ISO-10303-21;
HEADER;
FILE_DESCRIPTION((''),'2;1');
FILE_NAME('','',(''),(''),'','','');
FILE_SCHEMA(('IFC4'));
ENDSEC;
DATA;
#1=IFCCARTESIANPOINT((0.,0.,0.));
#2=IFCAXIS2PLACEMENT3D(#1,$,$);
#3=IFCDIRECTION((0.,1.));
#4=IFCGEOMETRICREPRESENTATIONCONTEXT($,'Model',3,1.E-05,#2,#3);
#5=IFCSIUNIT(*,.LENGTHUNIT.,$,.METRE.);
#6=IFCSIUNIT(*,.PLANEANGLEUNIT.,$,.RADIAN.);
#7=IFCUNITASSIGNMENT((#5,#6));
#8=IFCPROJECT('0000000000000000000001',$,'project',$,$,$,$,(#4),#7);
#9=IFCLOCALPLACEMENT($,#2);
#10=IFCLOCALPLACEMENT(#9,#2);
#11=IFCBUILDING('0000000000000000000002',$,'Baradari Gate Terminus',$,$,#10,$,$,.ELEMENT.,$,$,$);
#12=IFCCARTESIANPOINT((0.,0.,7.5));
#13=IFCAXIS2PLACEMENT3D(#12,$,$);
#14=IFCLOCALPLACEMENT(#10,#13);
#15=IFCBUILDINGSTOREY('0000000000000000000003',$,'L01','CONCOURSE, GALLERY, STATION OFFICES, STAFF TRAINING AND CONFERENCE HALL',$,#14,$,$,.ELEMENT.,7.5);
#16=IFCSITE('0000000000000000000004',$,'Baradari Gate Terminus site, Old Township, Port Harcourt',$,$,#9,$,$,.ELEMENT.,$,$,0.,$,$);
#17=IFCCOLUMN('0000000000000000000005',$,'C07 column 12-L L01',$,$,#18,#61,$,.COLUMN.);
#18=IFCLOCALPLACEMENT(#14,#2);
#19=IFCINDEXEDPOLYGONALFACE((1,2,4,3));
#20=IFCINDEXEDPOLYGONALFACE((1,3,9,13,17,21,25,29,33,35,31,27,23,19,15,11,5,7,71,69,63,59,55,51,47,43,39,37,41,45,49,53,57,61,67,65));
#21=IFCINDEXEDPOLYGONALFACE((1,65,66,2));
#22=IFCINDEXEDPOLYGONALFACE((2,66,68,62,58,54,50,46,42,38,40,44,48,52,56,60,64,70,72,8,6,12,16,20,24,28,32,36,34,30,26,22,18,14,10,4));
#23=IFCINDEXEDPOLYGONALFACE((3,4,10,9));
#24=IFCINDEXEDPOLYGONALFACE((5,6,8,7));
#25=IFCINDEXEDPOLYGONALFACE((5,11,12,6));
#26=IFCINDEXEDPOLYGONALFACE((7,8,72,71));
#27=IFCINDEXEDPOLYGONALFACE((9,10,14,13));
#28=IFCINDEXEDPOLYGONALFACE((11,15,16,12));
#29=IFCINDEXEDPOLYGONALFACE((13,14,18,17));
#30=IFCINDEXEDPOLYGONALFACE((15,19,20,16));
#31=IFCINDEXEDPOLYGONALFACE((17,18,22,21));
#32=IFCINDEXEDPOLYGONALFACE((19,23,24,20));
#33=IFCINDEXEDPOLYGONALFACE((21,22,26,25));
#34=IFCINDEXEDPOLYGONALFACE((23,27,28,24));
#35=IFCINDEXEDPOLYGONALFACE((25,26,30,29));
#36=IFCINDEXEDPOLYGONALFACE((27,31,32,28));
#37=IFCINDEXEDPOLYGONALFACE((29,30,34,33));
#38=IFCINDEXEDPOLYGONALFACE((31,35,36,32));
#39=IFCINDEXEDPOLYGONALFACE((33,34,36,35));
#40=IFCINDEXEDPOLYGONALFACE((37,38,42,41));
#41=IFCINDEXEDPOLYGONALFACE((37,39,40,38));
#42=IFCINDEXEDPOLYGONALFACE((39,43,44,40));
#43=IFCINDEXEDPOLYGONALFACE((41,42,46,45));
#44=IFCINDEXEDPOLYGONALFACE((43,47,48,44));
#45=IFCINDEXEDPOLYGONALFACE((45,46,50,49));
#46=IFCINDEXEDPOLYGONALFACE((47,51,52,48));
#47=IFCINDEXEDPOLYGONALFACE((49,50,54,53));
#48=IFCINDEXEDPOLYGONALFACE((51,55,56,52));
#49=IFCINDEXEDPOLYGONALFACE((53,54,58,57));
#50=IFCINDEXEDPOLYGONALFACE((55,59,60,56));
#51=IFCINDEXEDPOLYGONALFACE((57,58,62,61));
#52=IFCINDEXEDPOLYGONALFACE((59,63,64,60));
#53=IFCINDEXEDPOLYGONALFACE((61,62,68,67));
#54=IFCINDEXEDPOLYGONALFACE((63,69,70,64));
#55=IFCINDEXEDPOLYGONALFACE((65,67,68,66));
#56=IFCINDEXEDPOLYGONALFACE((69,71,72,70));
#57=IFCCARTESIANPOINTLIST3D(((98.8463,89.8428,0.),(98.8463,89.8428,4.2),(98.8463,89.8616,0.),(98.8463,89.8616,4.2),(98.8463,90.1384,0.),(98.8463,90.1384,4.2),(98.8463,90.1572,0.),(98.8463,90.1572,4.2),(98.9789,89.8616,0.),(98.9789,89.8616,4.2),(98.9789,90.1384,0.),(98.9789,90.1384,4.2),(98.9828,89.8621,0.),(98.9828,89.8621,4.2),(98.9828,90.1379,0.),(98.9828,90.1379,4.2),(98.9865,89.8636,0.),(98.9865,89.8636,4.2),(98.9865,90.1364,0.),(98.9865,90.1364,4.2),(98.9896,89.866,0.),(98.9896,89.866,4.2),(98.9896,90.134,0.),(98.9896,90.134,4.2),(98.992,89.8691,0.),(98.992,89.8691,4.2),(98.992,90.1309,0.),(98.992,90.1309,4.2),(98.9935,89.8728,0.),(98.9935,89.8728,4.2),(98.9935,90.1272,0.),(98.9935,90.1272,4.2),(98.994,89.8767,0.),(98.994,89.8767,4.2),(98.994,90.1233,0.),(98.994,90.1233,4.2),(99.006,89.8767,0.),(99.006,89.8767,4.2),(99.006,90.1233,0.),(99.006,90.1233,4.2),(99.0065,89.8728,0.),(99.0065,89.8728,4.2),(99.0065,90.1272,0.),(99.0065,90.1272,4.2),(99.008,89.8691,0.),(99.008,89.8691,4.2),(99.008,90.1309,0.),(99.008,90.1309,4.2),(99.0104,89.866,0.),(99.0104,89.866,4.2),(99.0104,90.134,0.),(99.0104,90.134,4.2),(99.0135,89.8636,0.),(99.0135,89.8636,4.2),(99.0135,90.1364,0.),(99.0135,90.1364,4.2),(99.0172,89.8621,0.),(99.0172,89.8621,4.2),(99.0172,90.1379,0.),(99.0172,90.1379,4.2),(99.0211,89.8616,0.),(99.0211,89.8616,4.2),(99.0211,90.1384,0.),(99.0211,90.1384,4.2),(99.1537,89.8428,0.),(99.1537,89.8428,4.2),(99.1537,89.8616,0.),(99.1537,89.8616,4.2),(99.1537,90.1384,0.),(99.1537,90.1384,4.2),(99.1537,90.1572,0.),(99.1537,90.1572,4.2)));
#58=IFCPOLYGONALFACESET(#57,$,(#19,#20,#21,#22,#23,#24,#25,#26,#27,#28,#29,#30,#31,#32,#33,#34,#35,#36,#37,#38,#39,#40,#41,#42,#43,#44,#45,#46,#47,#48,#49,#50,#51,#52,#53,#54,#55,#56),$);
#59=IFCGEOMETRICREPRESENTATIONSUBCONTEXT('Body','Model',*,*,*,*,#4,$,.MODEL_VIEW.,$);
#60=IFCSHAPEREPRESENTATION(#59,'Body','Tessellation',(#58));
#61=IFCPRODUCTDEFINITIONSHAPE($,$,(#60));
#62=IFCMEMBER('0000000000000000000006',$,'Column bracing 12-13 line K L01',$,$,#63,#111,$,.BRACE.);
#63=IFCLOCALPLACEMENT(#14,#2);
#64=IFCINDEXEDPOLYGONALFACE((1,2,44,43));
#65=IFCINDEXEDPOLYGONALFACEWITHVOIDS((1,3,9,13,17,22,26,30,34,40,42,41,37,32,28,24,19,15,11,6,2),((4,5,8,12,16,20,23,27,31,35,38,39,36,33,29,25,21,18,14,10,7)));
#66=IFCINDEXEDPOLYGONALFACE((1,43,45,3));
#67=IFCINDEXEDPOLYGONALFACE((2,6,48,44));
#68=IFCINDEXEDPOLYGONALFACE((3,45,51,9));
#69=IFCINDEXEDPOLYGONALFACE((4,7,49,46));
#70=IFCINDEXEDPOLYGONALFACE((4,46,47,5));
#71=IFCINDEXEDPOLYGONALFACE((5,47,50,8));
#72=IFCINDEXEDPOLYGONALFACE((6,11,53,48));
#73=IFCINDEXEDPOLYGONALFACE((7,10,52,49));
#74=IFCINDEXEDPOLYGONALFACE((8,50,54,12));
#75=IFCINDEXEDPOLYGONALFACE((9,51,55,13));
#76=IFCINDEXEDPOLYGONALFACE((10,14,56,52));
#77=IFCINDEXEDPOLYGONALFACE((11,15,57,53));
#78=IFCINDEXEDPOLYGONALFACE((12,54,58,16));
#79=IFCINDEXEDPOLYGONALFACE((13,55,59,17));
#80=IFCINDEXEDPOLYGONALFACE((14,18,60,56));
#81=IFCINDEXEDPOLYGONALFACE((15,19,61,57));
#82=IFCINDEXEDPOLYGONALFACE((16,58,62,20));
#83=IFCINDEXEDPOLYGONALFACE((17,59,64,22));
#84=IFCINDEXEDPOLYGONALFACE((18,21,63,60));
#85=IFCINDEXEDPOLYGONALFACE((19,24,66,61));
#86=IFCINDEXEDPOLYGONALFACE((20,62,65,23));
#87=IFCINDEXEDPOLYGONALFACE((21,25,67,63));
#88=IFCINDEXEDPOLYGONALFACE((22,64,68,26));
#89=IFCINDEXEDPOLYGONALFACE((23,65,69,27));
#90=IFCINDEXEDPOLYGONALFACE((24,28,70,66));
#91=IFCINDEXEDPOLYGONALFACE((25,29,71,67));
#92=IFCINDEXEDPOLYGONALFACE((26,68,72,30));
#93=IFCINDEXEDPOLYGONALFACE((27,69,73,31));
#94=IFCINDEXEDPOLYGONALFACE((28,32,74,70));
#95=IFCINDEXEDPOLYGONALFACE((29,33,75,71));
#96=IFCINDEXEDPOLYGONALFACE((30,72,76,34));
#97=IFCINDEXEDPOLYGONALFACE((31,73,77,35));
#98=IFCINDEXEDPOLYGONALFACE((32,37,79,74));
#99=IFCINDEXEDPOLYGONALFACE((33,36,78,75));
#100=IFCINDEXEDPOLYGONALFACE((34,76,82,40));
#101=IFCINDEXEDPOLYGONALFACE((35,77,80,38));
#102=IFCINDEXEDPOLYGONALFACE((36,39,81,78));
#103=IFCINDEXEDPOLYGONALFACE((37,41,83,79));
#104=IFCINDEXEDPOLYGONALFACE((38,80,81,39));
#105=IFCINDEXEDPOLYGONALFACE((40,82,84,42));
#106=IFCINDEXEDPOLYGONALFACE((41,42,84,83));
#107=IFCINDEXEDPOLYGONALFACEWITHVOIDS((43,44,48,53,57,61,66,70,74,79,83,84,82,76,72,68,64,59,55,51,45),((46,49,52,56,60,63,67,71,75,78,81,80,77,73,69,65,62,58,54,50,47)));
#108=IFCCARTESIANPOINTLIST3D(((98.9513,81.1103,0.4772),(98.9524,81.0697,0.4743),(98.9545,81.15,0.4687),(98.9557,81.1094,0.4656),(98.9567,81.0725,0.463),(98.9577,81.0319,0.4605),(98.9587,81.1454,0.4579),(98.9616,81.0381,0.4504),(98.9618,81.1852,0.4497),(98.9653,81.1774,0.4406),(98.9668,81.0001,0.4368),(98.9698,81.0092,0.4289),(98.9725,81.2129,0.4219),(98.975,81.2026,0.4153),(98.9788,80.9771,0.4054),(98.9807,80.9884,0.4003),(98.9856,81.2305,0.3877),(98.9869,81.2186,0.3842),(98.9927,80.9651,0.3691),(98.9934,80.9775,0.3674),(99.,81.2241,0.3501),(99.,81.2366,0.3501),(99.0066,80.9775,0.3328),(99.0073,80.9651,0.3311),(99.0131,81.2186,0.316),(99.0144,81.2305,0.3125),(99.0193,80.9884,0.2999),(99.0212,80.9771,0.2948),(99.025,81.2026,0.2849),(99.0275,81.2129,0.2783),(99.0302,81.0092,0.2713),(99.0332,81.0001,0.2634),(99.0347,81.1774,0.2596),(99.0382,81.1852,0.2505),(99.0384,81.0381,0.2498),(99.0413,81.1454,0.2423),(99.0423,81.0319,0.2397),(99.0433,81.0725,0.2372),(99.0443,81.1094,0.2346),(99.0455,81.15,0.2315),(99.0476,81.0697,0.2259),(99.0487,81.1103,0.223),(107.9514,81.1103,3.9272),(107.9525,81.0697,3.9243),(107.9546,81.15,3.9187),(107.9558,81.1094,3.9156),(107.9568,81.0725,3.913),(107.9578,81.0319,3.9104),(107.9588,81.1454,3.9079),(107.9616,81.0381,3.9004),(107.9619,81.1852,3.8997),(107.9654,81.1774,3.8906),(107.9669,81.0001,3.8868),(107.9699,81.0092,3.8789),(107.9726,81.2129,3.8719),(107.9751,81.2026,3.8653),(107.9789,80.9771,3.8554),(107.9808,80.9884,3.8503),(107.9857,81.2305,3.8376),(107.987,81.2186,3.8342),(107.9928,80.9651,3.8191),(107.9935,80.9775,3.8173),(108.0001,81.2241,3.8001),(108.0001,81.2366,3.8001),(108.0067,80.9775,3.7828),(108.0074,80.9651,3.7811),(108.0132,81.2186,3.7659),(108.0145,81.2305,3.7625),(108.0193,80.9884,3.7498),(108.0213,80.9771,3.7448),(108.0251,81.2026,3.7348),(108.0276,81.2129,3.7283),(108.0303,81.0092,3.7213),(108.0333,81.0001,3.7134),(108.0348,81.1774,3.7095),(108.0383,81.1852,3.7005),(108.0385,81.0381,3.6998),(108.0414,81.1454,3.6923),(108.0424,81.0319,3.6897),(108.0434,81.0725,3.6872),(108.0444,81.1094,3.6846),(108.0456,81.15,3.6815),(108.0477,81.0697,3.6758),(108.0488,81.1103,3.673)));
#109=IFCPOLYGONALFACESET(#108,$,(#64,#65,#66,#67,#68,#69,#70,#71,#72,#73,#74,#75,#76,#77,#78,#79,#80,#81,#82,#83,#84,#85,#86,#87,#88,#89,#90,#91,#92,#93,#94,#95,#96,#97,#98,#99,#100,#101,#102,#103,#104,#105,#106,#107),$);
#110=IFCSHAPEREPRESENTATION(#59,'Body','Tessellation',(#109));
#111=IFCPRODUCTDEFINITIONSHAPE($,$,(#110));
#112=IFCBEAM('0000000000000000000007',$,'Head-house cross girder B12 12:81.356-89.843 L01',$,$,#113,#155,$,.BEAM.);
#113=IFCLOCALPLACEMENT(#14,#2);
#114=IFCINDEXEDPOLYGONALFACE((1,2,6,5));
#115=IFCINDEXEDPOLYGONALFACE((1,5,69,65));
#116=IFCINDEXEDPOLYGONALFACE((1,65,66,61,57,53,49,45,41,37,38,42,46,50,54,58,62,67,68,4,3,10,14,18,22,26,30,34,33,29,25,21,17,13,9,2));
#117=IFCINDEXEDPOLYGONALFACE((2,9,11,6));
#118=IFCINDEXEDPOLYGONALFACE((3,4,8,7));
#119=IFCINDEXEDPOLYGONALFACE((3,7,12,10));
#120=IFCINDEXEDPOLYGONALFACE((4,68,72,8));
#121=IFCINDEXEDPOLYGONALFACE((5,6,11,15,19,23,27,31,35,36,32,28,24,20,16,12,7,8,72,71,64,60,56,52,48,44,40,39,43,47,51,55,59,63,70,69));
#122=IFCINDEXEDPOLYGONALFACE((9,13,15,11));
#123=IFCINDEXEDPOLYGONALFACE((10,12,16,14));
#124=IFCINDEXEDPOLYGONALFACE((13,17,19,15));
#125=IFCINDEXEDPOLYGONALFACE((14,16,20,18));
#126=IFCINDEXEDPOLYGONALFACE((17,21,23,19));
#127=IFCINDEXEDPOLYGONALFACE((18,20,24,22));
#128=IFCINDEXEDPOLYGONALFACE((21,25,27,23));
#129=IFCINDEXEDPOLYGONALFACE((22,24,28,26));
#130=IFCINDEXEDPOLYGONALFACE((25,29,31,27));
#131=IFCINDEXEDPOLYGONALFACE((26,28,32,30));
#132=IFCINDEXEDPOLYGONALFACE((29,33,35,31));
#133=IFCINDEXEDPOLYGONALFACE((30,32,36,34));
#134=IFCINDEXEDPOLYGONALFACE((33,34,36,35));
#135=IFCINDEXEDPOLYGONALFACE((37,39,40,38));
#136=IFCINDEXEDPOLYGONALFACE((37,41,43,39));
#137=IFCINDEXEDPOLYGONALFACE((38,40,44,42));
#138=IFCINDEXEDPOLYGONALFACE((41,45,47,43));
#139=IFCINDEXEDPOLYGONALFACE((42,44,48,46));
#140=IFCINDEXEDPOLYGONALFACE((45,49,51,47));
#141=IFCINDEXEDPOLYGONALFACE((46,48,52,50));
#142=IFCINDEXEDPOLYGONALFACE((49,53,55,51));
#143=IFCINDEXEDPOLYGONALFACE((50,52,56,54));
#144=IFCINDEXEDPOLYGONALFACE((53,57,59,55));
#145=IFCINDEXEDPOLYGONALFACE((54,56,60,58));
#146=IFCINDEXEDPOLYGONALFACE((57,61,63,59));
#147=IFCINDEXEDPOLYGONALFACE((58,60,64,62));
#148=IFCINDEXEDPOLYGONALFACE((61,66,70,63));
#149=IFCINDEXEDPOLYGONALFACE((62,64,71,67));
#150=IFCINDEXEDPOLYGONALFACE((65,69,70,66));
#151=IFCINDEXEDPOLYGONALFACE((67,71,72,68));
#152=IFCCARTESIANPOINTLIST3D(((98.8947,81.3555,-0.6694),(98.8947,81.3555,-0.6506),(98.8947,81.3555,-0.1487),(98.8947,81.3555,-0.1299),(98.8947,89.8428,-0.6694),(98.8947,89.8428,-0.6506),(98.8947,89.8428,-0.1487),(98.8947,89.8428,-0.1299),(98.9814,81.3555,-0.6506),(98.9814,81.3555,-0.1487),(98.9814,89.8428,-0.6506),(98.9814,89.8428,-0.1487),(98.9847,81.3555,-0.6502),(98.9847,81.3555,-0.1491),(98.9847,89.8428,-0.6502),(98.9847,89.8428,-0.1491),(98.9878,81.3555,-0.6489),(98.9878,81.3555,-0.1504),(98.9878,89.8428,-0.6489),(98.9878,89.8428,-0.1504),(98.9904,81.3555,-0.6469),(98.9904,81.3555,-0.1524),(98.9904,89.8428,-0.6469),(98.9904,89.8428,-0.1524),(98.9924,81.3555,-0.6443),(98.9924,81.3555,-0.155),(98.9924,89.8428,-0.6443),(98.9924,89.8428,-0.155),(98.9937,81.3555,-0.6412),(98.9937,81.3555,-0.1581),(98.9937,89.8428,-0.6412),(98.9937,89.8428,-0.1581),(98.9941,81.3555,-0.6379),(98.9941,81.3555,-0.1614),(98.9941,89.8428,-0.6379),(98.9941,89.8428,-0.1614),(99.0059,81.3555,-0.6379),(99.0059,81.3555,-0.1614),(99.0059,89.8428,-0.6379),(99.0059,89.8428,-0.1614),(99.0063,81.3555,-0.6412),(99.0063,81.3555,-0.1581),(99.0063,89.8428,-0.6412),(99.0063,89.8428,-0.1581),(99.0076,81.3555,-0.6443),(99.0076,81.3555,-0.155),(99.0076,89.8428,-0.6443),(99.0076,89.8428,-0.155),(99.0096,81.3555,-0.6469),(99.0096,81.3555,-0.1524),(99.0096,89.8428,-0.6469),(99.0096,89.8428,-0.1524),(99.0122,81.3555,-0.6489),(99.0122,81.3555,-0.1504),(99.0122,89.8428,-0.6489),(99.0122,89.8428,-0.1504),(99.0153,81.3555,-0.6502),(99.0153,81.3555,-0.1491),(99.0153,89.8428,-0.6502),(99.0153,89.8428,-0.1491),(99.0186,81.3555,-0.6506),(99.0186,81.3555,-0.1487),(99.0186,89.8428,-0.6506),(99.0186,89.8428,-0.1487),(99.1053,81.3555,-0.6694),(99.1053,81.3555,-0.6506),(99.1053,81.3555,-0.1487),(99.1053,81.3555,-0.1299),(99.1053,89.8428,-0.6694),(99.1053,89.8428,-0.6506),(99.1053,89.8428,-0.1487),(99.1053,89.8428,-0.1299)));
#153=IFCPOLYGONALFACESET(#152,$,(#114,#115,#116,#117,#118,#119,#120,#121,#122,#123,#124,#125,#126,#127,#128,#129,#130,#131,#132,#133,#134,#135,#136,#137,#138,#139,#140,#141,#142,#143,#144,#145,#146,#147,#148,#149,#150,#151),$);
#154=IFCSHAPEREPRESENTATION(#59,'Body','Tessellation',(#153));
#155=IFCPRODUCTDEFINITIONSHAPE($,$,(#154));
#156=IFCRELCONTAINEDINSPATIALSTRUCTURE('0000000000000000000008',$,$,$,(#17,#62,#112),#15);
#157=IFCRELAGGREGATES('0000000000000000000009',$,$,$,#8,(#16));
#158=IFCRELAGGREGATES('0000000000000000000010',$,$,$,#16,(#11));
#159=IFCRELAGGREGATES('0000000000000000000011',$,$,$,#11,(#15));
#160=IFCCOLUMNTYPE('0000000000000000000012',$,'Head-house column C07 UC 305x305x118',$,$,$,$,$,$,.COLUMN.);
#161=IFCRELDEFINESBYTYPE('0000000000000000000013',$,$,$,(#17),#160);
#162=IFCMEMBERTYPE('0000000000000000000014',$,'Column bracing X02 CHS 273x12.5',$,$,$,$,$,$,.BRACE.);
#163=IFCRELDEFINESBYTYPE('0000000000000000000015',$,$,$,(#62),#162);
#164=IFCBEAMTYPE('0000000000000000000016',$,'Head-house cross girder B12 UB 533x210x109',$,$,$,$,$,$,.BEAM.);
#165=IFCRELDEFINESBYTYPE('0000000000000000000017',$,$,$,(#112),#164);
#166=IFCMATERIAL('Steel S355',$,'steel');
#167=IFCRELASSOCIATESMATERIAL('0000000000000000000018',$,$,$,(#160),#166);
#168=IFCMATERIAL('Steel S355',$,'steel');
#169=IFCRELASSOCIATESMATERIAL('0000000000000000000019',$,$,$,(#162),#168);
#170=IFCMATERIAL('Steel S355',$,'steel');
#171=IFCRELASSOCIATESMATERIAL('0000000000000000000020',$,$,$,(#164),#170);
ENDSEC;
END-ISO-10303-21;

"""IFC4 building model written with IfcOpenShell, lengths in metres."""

from ifc_helpers import new_model, si_unit, direction, frame, origin, origin_2d, place, context, subcontext, project, spatial, hollow_circle, i_section, extrude, material, material_profile, profile_set, type_object, element, save


model = new_model("IFC4")

# Units and contexts
model_context = context("Model", 3, precision=1e-05, world=origin(), true_north=direction((0.0, 1.0)))
body_context = subcontext(model_context, "Body", "Model", "MODEL_VIEW")
ifc_project = project(units=[si_unit("LENGTHUNIT", "METRE"), si_unit("PLANEANGLEUNIT", "RADIAN")], contexts=[model_context])

# Site, building, storey
site_placement = place(None, origin())
site = spatial("IfcSite", under=ifc_project, at=site_placement, Name="Baradari Gate Terminus site, Old Township, Port Harcourt", CompositionType="ELEMENT", RefElevation=0.0)
building_placement = place(site_placement, origin())
building = spatial("IfcBuilding", under=site, at=building_placement, Name="Baradari Gate Terminus", CompositionType="ELEMENT")
storey_placement = place(building_placement, frame((0.0, 0.0, 7.5)))
storey = spatial("IfcBuildingStorey", under=building, at=storey_placement, Name="L01", Description="CONCOURSE, GALLERY, STATION OFFICES, STAFF TRAINING AND CONFERENCE HALL", CompositionType="ELEMENT", Elevation=7.5)

# Column
ifc_material_1 = material(Name="Steel S355", Category="steel")
ifc_material_profile_1 = material_profile(ifc_material_1, i_section(OverallWidth=0.3074, OverallDepth=0.3145, WebThickness=0.012, FlangeThickness=0.0188, FilletRadius=0.0151, at=origin_2d()), Name="UC 305x305x118")
ifc_profile_set_1 = profile_set([ifc_material_profile_1], Name="Steel S355")
column_type = type_object("IfcColumnType", Name="Head-house column C07 UC 305x305x118", PredefinedType="COLUMN", material=ifc_profile_set_1)
column_placement = place(storey_placement, frame((99.0, 90.0, 0.0), z_axis=(0.0, 0.0, 1.0), x_axis=(1.0, 0.0, 0.0)))
element("IfcColumn", 1, at=column_placement, inside=storey, type_object=column_type, Name="C07 column 12-L L01", PredefinedType="COLUMN", context=body_context, shape_type="SweptSolid", body=[
    extrude(i_section(OverallWidth=0.3074, OverallDepth=0.3145, WebThickness=0.012, FlangeThickness=0.0188, FilletRadius=0.0151, at=origin_2d()), origin(), (0.0, 0.0, 1.0), 4.2),
])

# Member
ifc_material_2 = material(Name="Steel S355", Category="steel")
ifc_material_profile_2 = material_profile(ifc_material_2, hollow_circle(Radius=0.1365, WallThickness=0.0125, at=origin_2d()), Name="CHS 273x12.5")
ifc_profile_set_2 = profile_set([ifc_material_profile_2], Name="Steel S355")
member_type = type_object("IfcMemberType", Name="Column bracing X02 CHS 273x12.5", PredefinedType="BRACE", material=ifc_profile_set_2)
member_placement = place(storey_placement, frame((99.0, 81.1001, 0.3501), z_axis=(0.933748, 0.0, 0.357932), x_axis=(0.0, 1.0, 0.0)))
element("IfcMember", 2, at=member_placement, inside=storey, type_object=member_type, Name="Column bracing 12-13 line K L01", PredefinedType="BRACE", context=body_context, shape_type="SweptSolid", body=[
    extrude(hollow_circle(Radius=0.1365, WallThickness=0.0125, at=origin_2d()), origin(), (0.0, 0.0, 1.0), 9.6387),
])

# Beam
ifc_material_3 = material(Name="Steel S355", Category="steel")
ifc_material_profile_3 = material_profile(ifc_material_3, i_section(OverallWidth=0.2107, OverallDepth=0.5396, WebThickness=0.0117, FlangeThickness=0.0188, FilletRadius=0.0127, at=origin_2d()), Name="UB 533x210x109")
ifc_profile_set_3 = profile_set([ifc_material_profile_3], Name="Steel S355")
beam_type_1 = type_object("IfcBeamType", Name="Head-house cross girder B12 UB 533x210x109", PredefinedType="BEAM", material=ifc_profile_set_3)
beam_1_placement = place(storey_placement, frame((99.0, 81.3555, -0.3997), z_axis=(0.0, 1.0, 0.0), x_axis=(-1.0, 0.0, 0.0)))
element("IfcBeam", 3, at=beam_1_placement, inside=storey, type_object=beam_type_1, Name="Head-house cross girder B12 12:81.356-89.843 L01", PredefinedType="BEAM", context=body_context, shape_type="SweptSolid", body=[
    extrude(i_section(OverallWidth=0.2107, OverallDepth=0.5396, WebThickness=0.0117, FlangeThickness=0.0188, FilletRadius=0.0127, at=origin_2d()), origin(), (0.0, 0.0, 1.0), 8.4873),
])

save(model, "model.ifc")
